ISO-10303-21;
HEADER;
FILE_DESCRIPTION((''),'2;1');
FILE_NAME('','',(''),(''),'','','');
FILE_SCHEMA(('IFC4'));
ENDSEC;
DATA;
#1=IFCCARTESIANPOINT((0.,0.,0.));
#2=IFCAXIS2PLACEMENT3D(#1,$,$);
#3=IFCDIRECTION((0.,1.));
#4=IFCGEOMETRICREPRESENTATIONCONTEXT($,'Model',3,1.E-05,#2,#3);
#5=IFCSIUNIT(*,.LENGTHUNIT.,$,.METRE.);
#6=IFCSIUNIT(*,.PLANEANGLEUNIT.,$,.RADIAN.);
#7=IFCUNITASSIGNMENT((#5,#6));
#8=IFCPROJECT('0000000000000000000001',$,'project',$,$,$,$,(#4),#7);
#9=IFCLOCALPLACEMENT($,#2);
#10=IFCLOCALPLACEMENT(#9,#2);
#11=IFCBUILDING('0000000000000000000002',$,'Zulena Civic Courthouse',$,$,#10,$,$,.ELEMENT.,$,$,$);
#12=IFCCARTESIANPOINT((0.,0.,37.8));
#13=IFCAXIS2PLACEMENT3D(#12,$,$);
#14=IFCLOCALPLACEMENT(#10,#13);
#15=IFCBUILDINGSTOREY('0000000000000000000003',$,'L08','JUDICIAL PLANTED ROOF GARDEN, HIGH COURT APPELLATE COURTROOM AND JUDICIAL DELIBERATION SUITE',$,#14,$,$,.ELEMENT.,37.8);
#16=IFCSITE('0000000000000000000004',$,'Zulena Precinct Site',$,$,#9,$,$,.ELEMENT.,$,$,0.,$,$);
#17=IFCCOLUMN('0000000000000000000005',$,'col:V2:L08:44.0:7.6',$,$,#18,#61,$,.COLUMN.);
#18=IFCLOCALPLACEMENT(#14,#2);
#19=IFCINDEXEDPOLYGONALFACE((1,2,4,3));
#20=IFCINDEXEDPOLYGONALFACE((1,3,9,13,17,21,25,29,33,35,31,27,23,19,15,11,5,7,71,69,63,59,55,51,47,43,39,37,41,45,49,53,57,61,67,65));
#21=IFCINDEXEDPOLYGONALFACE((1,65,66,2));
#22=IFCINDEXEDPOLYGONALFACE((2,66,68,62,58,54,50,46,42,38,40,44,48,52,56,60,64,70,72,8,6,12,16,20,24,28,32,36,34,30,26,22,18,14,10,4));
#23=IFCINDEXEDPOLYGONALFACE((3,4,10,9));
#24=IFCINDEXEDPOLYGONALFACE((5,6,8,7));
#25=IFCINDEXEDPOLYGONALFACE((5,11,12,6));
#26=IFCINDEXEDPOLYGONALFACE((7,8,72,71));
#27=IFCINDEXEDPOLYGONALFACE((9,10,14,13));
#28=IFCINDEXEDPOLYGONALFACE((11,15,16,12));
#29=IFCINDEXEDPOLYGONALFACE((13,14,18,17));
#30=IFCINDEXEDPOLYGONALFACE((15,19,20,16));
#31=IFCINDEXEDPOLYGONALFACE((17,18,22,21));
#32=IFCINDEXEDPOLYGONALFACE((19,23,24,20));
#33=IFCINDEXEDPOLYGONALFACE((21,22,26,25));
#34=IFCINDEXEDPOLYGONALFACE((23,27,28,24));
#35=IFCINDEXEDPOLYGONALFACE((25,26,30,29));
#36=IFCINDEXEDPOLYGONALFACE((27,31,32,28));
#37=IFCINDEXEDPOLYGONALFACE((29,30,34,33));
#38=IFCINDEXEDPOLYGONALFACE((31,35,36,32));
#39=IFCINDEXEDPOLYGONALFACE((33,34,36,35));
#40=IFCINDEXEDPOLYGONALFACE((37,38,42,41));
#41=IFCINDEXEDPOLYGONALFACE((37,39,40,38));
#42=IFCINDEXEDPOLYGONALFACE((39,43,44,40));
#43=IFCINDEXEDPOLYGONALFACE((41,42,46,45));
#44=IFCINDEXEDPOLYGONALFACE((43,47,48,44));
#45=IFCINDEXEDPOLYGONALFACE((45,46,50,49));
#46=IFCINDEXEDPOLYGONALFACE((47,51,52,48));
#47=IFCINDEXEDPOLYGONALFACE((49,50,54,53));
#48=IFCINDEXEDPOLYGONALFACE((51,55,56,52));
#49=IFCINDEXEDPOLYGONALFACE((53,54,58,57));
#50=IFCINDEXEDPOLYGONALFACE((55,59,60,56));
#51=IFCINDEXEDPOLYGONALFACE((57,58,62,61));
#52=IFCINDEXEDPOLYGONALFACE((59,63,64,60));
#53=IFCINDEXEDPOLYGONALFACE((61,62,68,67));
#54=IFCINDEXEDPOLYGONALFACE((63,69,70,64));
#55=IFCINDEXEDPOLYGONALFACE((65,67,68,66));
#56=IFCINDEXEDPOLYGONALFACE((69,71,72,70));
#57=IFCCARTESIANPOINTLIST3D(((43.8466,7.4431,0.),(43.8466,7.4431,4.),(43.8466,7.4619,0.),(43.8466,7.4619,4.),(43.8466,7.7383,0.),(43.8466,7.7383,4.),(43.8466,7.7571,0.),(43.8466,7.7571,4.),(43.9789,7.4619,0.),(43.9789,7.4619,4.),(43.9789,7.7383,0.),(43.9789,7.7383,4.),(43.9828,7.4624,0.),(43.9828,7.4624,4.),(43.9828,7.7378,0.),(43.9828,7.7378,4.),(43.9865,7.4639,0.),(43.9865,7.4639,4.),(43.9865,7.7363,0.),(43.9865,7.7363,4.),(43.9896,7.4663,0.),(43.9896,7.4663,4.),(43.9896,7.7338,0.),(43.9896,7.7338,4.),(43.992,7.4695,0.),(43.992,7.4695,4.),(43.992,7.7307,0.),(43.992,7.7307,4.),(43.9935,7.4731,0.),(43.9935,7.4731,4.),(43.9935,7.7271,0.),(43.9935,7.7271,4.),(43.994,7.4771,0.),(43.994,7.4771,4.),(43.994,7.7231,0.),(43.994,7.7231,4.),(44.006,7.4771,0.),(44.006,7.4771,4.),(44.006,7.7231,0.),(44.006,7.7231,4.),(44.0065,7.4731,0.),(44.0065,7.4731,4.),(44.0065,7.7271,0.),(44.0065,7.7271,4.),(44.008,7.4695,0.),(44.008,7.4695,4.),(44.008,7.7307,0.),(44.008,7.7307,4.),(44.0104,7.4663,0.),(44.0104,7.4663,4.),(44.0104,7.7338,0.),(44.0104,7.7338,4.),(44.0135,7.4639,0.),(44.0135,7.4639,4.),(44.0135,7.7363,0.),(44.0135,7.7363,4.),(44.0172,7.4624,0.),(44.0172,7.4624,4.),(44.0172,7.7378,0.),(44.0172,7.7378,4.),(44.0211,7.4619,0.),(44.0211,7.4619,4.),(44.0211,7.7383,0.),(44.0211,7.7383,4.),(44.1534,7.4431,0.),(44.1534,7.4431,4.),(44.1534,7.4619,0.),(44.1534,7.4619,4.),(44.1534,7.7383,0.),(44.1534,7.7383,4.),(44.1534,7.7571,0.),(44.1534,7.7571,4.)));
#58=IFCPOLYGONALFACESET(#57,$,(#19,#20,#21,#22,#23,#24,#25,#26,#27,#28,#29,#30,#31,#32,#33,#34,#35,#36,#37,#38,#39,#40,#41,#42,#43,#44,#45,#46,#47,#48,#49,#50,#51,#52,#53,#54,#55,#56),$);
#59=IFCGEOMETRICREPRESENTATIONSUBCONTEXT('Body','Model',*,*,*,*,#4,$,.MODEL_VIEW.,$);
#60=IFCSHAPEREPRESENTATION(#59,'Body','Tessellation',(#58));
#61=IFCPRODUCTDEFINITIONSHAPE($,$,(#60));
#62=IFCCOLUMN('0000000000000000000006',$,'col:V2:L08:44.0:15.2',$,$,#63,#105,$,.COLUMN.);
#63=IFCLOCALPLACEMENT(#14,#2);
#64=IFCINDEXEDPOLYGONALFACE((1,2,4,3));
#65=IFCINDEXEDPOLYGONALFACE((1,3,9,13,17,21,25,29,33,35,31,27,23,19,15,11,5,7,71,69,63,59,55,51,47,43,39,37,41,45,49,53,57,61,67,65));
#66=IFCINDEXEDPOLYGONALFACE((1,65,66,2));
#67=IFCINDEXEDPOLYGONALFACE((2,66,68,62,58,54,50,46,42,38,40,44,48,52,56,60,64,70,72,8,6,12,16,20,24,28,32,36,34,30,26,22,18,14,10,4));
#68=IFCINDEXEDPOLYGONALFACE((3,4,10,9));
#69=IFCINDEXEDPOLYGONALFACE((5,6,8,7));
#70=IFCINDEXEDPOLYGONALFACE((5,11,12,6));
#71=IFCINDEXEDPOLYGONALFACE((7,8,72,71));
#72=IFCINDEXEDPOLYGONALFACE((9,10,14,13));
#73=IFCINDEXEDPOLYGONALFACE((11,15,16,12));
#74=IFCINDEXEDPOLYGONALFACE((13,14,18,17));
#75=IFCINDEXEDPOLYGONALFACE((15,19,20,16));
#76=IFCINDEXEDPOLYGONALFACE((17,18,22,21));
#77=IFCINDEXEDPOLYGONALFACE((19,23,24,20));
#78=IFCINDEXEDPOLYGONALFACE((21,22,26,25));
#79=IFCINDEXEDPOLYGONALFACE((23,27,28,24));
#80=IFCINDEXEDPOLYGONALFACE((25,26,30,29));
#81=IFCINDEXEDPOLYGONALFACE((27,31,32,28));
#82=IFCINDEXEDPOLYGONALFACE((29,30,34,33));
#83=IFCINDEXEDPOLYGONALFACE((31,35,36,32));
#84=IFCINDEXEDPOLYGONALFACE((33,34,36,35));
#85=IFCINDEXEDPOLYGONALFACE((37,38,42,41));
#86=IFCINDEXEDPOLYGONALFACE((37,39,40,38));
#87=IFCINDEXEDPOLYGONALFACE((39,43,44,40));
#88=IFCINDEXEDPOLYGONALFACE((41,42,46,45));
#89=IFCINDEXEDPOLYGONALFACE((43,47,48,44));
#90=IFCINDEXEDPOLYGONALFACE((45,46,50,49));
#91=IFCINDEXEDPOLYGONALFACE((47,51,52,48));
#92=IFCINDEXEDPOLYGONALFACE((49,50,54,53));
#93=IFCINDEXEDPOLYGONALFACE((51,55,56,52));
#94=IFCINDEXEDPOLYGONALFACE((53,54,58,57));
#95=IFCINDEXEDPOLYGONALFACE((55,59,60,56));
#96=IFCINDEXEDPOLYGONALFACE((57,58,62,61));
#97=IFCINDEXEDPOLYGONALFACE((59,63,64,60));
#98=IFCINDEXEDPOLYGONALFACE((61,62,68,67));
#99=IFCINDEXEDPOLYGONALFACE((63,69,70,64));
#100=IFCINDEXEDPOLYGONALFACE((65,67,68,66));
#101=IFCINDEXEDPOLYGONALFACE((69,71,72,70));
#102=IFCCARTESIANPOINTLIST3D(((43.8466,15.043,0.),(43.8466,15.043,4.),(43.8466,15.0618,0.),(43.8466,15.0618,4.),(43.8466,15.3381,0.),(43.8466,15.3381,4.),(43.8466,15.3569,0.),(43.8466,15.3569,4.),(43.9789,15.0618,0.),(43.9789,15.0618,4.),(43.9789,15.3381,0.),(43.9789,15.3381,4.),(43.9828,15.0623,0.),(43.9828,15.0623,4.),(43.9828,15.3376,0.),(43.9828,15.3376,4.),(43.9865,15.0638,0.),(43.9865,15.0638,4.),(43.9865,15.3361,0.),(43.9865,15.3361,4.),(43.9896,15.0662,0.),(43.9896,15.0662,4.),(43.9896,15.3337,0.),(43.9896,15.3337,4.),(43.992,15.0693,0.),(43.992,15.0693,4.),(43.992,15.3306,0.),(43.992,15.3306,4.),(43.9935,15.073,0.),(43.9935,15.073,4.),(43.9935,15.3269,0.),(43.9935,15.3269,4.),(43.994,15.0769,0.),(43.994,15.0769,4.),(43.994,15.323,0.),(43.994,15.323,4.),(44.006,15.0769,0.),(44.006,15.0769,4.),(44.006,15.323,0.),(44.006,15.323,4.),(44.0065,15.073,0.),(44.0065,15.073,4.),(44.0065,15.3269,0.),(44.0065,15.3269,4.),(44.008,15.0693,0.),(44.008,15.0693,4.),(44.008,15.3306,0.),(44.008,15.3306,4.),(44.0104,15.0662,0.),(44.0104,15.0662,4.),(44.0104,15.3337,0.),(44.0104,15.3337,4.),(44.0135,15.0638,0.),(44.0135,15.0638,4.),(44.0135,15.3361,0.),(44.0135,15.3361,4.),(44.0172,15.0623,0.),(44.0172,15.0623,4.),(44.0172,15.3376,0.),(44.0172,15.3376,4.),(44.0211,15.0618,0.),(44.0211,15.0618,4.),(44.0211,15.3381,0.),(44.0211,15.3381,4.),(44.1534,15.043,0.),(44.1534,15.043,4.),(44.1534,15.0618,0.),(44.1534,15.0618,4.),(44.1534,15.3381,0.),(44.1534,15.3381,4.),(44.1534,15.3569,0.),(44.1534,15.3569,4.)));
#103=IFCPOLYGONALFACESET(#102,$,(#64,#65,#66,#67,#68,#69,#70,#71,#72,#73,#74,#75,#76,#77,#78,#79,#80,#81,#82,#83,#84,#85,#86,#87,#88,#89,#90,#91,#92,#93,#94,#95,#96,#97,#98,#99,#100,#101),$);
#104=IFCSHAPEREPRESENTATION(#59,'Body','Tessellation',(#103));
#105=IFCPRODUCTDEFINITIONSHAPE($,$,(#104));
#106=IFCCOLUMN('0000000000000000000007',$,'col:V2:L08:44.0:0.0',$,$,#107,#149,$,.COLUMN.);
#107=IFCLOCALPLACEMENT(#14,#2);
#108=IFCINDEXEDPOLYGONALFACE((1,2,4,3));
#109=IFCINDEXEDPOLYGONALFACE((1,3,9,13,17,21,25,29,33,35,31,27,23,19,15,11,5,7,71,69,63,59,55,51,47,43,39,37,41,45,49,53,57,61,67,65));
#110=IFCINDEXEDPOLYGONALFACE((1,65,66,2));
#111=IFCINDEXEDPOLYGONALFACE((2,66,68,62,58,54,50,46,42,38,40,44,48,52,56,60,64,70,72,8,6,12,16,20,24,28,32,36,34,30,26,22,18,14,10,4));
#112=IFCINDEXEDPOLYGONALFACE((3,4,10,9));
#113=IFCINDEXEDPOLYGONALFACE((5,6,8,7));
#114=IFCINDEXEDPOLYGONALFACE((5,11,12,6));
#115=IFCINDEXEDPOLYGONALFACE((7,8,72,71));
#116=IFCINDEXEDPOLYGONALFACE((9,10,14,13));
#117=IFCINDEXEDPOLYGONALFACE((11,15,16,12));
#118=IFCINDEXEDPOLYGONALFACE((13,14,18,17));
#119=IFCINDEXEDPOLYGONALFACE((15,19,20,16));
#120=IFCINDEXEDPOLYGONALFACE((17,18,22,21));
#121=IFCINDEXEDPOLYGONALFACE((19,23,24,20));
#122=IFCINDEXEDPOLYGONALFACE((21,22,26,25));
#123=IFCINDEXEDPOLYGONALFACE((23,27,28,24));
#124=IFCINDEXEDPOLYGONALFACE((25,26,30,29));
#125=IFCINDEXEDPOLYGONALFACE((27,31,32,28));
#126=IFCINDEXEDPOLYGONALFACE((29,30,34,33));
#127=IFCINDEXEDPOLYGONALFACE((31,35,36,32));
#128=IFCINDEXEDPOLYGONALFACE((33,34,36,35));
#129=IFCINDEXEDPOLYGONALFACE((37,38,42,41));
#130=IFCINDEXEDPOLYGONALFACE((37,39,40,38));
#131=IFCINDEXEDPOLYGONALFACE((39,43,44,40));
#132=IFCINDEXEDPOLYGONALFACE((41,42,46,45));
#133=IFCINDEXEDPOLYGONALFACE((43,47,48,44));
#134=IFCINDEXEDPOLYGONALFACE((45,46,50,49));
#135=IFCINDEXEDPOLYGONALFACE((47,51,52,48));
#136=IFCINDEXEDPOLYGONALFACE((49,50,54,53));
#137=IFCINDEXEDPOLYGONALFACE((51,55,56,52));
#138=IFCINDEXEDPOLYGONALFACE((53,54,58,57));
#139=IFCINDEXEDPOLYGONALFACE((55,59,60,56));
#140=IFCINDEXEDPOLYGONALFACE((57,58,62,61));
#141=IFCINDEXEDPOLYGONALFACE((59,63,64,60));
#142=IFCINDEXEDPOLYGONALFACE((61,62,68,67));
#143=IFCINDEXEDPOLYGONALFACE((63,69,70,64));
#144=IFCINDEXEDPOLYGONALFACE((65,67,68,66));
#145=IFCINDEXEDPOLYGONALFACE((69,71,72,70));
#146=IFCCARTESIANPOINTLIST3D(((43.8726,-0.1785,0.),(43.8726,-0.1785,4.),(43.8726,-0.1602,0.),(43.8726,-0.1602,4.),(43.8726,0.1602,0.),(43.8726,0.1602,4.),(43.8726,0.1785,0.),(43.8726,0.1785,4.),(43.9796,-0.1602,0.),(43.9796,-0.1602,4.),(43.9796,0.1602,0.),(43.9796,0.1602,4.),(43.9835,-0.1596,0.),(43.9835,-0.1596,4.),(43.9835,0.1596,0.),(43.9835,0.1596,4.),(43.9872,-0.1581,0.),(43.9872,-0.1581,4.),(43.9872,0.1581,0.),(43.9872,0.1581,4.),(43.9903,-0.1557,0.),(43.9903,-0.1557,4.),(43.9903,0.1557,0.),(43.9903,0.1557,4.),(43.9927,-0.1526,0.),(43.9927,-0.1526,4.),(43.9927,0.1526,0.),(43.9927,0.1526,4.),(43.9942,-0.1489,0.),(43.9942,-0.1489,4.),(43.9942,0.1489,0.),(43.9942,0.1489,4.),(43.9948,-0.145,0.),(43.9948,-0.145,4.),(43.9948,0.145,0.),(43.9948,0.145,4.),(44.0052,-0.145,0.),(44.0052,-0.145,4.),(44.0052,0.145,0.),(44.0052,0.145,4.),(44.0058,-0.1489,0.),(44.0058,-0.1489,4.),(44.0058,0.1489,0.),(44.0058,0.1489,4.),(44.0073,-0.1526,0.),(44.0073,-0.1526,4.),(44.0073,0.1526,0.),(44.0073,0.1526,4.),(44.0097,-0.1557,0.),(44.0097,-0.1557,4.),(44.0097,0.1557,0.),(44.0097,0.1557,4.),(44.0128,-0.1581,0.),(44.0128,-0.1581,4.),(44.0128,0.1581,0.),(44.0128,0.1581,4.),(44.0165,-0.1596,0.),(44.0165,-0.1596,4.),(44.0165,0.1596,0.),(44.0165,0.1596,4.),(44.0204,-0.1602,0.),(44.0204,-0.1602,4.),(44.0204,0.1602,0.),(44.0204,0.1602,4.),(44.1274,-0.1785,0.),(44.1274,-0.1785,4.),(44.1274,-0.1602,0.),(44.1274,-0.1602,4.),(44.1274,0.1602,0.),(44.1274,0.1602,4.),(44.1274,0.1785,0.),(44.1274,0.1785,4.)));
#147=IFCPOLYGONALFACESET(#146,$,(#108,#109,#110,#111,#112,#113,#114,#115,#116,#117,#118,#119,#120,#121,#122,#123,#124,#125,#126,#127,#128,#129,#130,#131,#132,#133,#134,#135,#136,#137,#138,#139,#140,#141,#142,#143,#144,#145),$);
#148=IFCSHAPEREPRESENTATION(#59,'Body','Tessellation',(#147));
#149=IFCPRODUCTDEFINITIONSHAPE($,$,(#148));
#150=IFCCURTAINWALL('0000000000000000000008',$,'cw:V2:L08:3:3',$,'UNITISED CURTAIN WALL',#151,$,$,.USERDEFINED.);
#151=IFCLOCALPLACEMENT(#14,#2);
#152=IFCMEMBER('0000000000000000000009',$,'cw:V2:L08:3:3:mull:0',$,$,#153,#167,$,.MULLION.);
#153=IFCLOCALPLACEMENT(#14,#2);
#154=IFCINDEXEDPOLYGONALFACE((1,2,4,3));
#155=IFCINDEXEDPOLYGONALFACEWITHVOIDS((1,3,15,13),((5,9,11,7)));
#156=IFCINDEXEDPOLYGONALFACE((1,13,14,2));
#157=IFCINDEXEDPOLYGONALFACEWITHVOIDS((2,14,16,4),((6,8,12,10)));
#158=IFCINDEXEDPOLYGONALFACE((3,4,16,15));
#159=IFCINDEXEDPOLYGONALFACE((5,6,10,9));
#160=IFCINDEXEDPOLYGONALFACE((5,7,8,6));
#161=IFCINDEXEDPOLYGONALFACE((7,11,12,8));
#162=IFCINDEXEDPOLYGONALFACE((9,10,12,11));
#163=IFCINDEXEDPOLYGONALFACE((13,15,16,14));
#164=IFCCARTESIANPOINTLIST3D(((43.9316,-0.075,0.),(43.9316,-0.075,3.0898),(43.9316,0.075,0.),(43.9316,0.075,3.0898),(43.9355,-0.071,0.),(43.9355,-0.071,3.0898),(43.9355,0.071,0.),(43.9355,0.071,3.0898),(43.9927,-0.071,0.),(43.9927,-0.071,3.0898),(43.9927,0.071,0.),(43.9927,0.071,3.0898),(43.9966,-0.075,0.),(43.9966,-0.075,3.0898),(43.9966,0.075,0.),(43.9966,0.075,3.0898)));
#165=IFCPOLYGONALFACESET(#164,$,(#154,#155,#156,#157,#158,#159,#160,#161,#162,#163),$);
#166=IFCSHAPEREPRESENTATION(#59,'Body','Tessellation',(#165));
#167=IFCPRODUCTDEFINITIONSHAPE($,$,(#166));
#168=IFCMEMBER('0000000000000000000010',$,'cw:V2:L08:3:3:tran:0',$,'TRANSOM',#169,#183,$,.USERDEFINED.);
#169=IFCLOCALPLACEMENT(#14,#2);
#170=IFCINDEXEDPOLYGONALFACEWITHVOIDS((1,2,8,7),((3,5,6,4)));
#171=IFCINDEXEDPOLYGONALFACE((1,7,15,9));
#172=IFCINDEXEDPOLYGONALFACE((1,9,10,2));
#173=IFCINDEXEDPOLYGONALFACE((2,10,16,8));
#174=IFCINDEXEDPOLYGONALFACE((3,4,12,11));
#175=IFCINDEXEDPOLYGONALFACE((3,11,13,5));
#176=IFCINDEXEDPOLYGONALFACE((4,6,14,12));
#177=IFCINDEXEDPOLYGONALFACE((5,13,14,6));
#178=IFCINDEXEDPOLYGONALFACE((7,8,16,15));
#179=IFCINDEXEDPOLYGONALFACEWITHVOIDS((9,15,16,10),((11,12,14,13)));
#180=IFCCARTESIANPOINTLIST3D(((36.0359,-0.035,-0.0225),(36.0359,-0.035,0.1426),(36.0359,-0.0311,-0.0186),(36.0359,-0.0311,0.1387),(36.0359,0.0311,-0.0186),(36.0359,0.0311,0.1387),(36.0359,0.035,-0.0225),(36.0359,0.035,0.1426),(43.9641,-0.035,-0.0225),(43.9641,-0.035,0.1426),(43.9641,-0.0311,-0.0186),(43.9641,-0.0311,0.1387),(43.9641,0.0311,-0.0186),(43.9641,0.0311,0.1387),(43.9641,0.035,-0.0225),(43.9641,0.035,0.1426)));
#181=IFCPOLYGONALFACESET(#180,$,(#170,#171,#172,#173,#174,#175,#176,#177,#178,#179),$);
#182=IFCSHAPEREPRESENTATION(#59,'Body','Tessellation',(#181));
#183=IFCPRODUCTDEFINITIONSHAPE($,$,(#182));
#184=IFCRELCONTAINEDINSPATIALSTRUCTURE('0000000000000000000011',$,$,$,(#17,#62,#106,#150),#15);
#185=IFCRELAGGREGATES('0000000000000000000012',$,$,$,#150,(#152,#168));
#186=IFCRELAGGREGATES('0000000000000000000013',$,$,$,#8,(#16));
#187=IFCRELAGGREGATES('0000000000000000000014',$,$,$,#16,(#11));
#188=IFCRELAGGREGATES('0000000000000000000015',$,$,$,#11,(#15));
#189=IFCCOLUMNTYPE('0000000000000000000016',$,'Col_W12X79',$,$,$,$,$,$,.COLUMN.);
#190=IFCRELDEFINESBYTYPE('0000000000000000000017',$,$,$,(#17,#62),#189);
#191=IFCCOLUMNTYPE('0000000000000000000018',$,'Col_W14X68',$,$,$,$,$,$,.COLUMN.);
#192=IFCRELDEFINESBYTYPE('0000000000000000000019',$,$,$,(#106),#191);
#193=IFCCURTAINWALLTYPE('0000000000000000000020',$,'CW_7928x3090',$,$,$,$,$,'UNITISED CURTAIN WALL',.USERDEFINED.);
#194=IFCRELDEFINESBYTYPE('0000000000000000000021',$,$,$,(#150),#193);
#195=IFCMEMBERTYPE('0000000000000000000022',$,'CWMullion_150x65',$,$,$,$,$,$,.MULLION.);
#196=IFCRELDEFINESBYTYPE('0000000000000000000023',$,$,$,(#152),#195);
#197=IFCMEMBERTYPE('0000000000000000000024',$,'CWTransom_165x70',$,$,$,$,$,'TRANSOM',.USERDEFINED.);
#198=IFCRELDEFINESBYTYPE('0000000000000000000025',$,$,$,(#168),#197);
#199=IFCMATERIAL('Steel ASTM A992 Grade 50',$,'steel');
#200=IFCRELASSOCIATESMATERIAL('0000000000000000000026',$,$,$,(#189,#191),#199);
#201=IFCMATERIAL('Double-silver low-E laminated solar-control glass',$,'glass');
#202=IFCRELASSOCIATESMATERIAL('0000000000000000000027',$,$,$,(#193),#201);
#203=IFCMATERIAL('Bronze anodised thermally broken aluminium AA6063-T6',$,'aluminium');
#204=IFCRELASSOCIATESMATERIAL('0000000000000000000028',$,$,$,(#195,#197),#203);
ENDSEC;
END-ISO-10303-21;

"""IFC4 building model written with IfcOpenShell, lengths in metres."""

from ifc_helpers import new_model, si_unit, direction, frame, origin, origin_2d, place, context, subcontext, project, spatial, hollow_rectangle, i_section, extrude, material, material_profile, profile_set, type_object, element, aggregate, save


model = new_model("IFC4")

# Units and contexts
model_context = context("Model", 3, precision=1e-05, world=origin(), true_north=direction((0.0, 1.0)))
body_context = subcontext(model_context, "Body", "Model", "MODEL_VIEW")
ifc_project = project(units=[si_unit("LENGTHUNIT", "METRE"), si_unit("PLANEANGLEUNIT", "RADIAN")], contexts=[model_context])

# Site, building, storey
site_placement = place(None, origin())
site = spatial("IfcSite", under=ifc_project, at=site_placement, Name="Zulena Precinct Site", CompositionType="ELEMENT", RefElevation=0.0)
building_placement = place(site_placement, origin())
building = spatial("IfcBuilding", under=site, at=building_placement, Name="Zulena Civic Courthouse", CompositionType="ELEMENT")
storey_placement = place(building_placement, frame((0.0, 0.0, 37.8)))
storey = spatial("IfcBuildingStorey", under=building, at=storey_placement, Name="L08", Description="JUDICIAL PLANTED ROOF GARDEN, HIGH COURT APPELLATE COURTROOM AND JUDICIAL DELIBERATION SUITE", CompositionType="ELEMENT", Elevation=37.8)

# Columns
ifc_material_1 = material(Name="Steel ASTM A992 Grade 50", Category="steel")
ifc_material_profile_1 = material_profile(ifc_material_1, i_section(OverallWidth=0.3069, OverallDepth=0.314, WebThickness=0.012, FlangeThickness=0.0188, FilletRadius=0.0151, at=origin_2d()), Name="W12X79")
ifc_profile_set_1 = profile_set([ifc_material_profile_1], Name="Steel ASTM A992 Grade 50")
column_type_1 = type_object("IfcColumnType", Name="Col_W12X79", PredefinedType="COLUMN", material=ifc_profile_set_1)
for number, where, z_axis, x_axis, name in (
    (1, (44.0, 7.6001, 0.0), (0.0, 0.0, 1.0), (1.0, 0.0, 0.0), "col:V2:L08:44.0:7.6"),
    (2, (44.0, 15.2, 0.0), (0.0, 0.0, 1.0), (1.0, 0.0, 0.0), "col:V2:L08:44.0:15.2"),
):
    element("IfcColumn", number, at=place(storey_placement, frame(where, z_axis=z_axis, x_axis=x_axis)), inside=storey, type_object=column_type_1, Name=name, PredefinedType="COLUMN", context=body_context, shape_type="SweptSolid", body=[
        extrude(i_section(OverallWidth=0.3069, OverallDepth=0.314, WebThickness=0.012, FlangeThickness=0.0188, FilletRadius=0.0151, at=origin_2d()), origin(), (0.0, 0.0, 1.0), 4.0),
    ])
ifc_material_profile_2 = material_profile(ifc_material_1, i_section(OverallWidth=0.2549, OverallDepth=0.3569, WebThickness=0.0105, FlangeThickness=0.0183, FilletRadius=0.0151, at=origin_2d()), Name="W14X68")
ifc_profile_set_2 = profile_set([ifc_material_profile_2], Name="Steel ASTM A992 Grade 50")
column_type_2 = type_object("IfcColumnType", Name="Col_W14X68", PredefinedType="COLUMN", material=ifc_profile_set_2)
column_placement = place(storey_placement, frame((44.0, 0.0, 0.0), z_axis=(0.0, 0.0, 1.0), x_axis=(1.0, 0.0, 0.0)))
element("IfcColumn", 3, at=column_placement, inside=storey, type_object=column_type_2, Name="col:V2:L08:44.0:0.0", PredefinedType="COLUMN", context=body_context, shape_type="SweptSolid", body=[
    extrude(i_section(OverallWidth=0.2549, OverallDepth=0.3569, WebThickness=0.0105, FlangeThickness=0.0183, FilletRadius=0.0151, at=origin_2d()), origin(), (0.0, 0.0, 1.0), 4.0),
])

# Curtain wall, members
ifc_material_2 = material(Name="Double-silver low-E laminated solar-control glass", Category="glass")
curtain_wall_type = type_object("IfcCurtainWallType", Name="CW_7928x3090", ElementType="UNITISED CURTAIN WALL", PredefinedType="USERDEFINED", material=ifc_material_2)
curtain_wall_placement = place(storey_placement, origin())
curtain_wall = element("IfcCurtainWall", 4, at=curtain_wall_placement, inside=storey, type_object=curtain_wall_type, Name="cw:V2:L08:3:3", ObjectType="UNITISED CURTAIN WALL", PredefinedType="USERDEFINED")
ifc_material_3 = material(Name="Bronze anodised thermally broken aluminium AA6063-T6", Category="aluminium")
ifc_material_profile_3 = material_profile(ifc_material_3, hollow_rectangle(XDim=0.0649, YDim=0.1499, WallThickness=0.0039, at=origin_2d()), Name="CWM150X65X4")
ifc_profile_set_3 = profile_set([ifc_material_profile_3], Name="Bronze anodised thermally broken aluminium AA6063-T6")
member_type_1 = type_object("IfcMemberType", Name="CWMullion_150x65", PredefinedType="MULLION", material=ifc_profile_set_3)
member_1_placement = place(storey_placement, frame((43.9641, 0.0, 0.0), z_axis=(0.0, 0.0, 1.0), x_axis=(1.0, 0.0, 0.0)))
member_1 = element("IfcMember", 5, at=member_1_placement, type_object=member_type_1, Name="cw:V2:L08:3:3:mull:0", PredefinedType="MULLION", context=body_context, shape_type="SweptSolid", body=[
    extrude(hollow_rectangle(XDim=0.0649, YDim=0.1499, WallThickness=0.0039, at=origin_2d()), origin(), (0.0, 0.0, 1.0), 3.0898),
])
ifc_material_profile_4 = material_profile(ifc_material_3, hollow_rectangle(XDim=0.0701, YDim=0.165, WallThickness=0.0039, at=origin_2d()), Name="CWT165X70X4")
ifc_profile_set_4 = profile_set([ifc_material_profile_4], Name="Bronze anodised thermally broken aluminium AA6063-T6")
member_type_2 = type_object("IfcMemberType", Name="CWTransom_165x70", ElementType="TRANSOM", PredefinedType="USERDEFINED", material=ifc_profile_set_4)
member_2_placement = place(storey_placement, frame((43.9641, 0.0, 0.0601), z_axis=(-1.0, 0.0, 0.0), x_axis=(0.0, -1.0, 0.0)))
member_2 = element("IfcMember", 6, at=member_2_placement, type_object=member_type_2, Name="cw:V2:L08:3:3:tran:0", ObjectType="TRANSOM", PredefinedType="USERDEFINED", context=body_context, shape_type="SweptSolid", body=[
    extrude(hollow_rectangle(XDim=0.0701, YDim=0.165, WallThickness=0.0039, at=origin_2d()), origin(), (0.0, 0.0, 1.0), 7.9282),
])

aggregate(curtain_wall, [member_1, member_2])

save(model, "model.ifc")
